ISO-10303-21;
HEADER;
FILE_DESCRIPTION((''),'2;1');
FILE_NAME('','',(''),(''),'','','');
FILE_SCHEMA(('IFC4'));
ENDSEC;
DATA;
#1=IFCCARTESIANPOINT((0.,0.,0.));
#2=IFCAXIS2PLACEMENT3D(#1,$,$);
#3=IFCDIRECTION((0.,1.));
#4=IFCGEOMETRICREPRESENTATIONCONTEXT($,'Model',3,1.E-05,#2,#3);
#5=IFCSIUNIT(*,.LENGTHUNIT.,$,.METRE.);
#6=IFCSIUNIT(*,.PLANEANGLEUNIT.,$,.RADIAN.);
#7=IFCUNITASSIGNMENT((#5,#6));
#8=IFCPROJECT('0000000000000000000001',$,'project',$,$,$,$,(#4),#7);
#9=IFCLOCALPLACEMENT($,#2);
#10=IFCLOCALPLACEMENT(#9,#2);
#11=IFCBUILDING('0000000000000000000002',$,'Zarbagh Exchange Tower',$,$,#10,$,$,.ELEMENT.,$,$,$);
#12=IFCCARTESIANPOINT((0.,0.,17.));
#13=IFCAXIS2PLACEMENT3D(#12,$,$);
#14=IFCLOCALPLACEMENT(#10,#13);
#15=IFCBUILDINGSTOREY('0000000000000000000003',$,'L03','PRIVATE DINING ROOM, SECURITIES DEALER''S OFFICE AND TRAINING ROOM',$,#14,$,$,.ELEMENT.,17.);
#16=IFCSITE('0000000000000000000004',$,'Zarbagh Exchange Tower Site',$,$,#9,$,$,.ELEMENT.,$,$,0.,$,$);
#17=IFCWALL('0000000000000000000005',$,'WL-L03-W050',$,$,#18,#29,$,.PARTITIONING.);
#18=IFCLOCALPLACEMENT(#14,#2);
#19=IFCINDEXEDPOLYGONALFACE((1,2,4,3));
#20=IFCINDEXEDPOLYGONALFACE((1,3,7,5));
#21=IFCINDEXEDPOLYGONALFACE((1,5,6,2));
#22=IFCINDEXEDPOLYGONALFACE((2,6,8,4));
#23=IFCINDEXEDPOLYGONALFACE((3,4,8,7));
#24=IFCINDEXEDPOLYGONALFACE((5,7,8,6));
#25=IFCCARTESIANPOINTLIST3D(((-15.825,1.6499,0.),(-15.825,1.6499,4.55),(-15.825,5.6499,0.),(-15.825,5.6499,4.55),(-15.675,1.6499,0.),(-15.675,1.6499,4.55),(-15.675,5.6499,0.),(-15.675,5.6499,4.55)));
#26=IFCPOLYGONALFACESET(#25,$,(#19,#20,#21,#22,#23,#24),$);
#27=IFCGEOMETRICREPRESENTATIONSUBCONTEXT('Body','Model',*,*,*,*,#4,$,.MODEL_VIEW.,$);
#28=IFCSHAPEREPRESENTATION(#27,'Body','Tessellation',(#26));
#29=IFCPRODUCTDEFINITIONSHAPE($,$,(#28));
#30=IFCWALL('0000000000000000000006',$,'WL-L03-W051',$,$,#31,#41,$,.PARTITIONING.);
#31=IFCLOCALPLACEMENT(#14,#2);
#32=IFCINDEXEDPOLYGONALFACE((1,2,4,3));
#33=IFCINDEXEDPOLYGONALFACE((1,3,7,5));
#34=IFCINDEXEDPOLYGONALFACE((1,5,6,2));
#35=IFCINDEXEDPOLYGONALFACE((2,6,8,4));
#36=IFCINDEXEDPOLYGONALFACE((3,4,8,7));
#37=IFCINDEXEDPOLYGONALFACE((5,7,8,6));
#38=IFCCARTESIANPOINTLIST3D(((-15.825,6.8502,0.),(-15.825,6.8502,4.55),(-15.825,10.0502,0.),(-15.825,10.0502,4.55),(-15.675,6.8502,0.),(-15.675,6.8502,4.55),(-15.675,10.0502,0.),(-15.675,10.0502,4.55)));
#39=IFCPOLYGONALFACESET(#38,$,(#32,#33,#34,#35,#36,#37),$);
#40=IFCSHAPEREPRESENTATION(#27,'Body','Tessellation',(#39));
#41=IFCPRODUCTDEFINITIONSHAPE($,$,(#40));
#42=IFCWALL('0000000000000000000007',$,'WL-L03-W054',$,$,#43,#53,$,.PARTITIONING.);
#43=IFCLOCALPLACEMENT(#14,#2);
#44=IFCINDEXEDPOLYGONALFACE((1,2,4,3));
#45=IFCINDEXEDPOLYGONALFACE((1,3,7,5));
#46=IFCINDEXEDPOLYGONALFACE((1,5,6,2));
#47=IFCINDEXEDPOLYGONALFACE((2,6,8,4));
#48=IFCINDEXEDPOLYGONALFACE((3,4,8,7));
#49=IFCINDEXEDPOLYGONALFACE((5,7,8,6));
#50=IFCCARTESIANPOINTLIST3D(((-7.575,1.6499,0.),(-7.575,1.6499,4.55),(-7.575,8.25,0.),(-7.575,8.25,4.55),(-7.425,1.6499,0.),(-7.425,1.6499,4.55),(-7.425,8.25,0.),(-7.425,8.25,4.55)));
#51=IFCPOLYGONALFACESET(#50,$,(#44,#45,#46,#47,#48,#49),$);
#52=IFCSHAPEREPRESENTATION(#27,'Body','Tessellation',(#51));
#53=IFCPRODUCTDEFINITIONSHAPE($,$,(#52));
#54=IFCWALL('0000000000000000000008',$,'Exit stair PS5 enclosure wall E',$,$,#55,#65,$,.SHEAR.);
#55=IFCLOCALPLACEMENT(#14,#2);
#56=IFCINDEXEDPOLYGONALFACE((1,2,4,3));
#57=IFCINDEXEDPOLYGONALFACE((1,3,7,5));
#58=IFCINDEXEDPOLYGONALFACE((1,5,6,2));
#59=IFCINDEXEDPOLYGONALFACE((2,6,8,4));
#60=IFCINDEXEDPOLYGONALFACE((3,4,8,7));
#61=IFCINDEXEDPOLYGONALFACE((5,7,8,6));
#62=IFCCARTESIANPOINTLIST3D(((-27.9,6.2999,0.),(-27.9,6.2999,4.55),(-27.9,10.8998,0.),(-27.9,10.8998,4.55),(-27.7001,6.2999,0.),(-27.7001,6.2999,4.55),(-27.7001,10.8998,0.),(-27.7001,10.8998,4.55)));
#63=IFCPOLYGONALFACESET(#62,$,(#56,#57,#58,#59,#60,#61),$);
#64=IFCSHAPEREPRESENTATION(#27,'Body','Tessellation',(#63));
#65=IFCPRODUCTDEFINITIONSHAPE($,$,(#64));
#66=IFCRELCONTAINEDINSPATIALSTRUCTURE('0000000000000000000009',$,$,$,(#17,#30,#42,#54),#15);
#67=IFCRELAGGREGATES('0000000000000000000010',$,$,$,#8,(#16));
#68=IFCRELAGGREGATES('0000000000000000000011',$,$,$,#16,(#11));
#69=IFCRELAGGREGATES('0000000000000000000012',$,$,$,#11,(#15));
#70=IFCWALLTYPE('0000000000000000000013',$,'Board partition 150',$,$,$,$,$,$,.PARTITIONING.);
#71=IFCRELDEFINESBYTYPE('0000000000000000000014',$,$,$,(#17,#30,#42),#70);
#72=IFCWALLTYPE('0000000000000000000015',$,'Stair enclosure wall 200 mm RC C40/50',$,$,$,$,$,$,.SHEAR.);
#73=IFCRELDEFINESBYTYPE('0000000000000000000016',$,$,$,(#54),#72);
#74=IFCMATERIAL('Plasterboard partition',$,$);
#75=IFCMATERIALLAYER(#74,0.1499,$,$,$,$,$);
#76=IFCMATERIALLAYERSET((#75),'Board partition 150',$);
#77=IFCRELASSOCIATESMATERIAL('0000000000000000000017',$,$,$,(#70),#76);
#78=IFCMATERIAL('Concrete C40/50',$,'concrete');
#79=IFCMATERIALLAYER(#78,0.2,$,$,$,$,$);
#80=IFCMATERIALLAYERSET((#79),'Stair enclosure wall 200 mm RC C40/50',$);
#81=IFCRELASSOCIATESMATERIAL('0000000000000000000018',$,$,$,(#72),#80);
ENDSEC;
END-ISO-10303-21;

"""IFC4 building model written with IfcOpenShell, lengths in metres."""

from ifc_helpers import new_model, si_unit, direction, frame, frame_2d, origin, place, context, subcontext, project, spatial, rectangle, extrude, material, layer, layer_set, type_object, element, save


model = new_model("IFC4")

# Units and contexts
model_context = context("Model", 3, precision=1e-05, world=origin(), true_north=direction((0.0, 1.0)))
body_context = subcontext(model_context, "Body", "Model", "MODEL_VIEW")
ifc_project = project(units=[si_unit("LENGTHUNIT", "METRE"), si_unit("PLANEANGLEUNIT", "RADIAN")], contexts=[model_context])

# Site, building, storey
site_placement = place(None, origin())
site = spatial("IfcSite", under=ifc_project, at=site_placement, Name="Zarbagh Exchange Tower Site", CompositionType="ELEMENT", RefElevation=0.0)
building_placement = place(site_placement, origin())
building = spatial("IfcBuilding", under=site, at=building_placement, Name="Zarbagh Exchange Tower", CompositionType="ELEMENT")
storey_placement = place(building_placement, frame((0.0, 0.0, 17.0)))
storey = spatial("IfcBuildingStorey", under=building, at=storey_placement, Name="L03", Description="PRIVATE DINING ROOM, SECURITIES DEALER'S OFFICE AND TRAINING ROOM", CompositionType="ELEMENT", Elevation=17.0)

# Shared definitions
ifc_material_1 = material(Name="Plasterboard partition")
ifc_layer_1 = layer(ifc_material_1, 0.1499)
ifc_layer_set_1 = layer_set([ifc_layer_1], Name="Board partition 150")
wall_type_1 = type_object("IfcWallType", Name="Board partition 150", PredefinedType="PARTITIONING", material=ifc_layer_set_1)

# Walls
wall_1_placement = place(storey_placement, frame((-15.75, 1.6499, 0.0), z_axis=(0.0, 0.0, 1.0), x_axis=(0.0, 1.0, 0.0)))
element("IfcWall", 1, at=wall_1_placement, inside=storey, type_object=wall_type_1, Name="WL-L03-W050", PredefinedType="PARTITIONING", context=body_context, shape_type="SweptSolid", body=[
    extrude(rectangle(XDim=4.0, YDim=0.1499, at=frame_2d((2.0, 0.0))), origin(), (0.0, 0.0, 1.0), 4.55),
])
wall_2_placement = place(storey_placement, frame((-15.75, 6.8501, 0.0), z_axis=(0.0, 0.0, 1.0), x_axis=(0.0, 1.0, 0.0)))
element("IfcWall", 2, at=wall_2_placement, inside=storey, type_object=wall_type_1, Name="WL-L03-W051", PredefinedType="PARTITIONING", context=body_context, shape_type="SweptSolid", body=[
    extrude(rectangle(XDim=3.2, YDim=0.1499, at=frame_2d((1.6001, 0.0))), origin(), (0.0, 0.0, 1.0), 4.55),
])
wall_3_placement = place(storey_placement, frame((-7.5, 8.25, 0.0), z_axis=(0.0, 0.0, 1.0), x_axis=(0.0, -1.0, 0.0)))
element("IfcWall", 3, at=wall_3_placement, inside=storey, type_object=wall_type_1, Name="WL-L03-W054", PredefinedType="PARTITIONING", context=body_context, shape_type="SweptSolid", body=[
    extrude(rectangle(XDim=6.6001, YDim=0.1499, at=frame_2d((3.3, 0.0))), origin(), (0.0, 0.0, 1.0), 4.55),
])
ifc_material_2 = material(Name="Concrete C40/50", Category="concrete")
ifc_layer_2 = layer(ifc_material_2, 0.2)
ifc_layer_set_2 = layer_set([ifc_layer_2], Name="Stair enclosure wall 200 mm RC C40/50")
wall_type_2 = type_object("IfcWallType", Name="Stair enclosure wall 200 mm RC C40/50", PredefinedType="SHEAR", material=ifc_layer_set_2)
wall_4_placement = place(storey_placement, frame((-27.8, 6.3, 0.0), z_axis=(0.0, 0.0, 1.0), x_axis=(0.0, 1.0, 0.0)))
element("IfcWall", 4, at=wall_4_placement, inside=storey, type_object=wall_type_2, Name="Exit stair PS5 enclosure wall E", PredefinedType="SHEAR", context=body_context, shape_type="SweptSolid", body=[
    extrude(rectangle(XDim=4.5999, YDim=0.2, at=frame_2d((2.2998, 0.0))), origin(), (0.0, 0.0, 1.0), 4.55),
])

save(model, "model.ifc")
